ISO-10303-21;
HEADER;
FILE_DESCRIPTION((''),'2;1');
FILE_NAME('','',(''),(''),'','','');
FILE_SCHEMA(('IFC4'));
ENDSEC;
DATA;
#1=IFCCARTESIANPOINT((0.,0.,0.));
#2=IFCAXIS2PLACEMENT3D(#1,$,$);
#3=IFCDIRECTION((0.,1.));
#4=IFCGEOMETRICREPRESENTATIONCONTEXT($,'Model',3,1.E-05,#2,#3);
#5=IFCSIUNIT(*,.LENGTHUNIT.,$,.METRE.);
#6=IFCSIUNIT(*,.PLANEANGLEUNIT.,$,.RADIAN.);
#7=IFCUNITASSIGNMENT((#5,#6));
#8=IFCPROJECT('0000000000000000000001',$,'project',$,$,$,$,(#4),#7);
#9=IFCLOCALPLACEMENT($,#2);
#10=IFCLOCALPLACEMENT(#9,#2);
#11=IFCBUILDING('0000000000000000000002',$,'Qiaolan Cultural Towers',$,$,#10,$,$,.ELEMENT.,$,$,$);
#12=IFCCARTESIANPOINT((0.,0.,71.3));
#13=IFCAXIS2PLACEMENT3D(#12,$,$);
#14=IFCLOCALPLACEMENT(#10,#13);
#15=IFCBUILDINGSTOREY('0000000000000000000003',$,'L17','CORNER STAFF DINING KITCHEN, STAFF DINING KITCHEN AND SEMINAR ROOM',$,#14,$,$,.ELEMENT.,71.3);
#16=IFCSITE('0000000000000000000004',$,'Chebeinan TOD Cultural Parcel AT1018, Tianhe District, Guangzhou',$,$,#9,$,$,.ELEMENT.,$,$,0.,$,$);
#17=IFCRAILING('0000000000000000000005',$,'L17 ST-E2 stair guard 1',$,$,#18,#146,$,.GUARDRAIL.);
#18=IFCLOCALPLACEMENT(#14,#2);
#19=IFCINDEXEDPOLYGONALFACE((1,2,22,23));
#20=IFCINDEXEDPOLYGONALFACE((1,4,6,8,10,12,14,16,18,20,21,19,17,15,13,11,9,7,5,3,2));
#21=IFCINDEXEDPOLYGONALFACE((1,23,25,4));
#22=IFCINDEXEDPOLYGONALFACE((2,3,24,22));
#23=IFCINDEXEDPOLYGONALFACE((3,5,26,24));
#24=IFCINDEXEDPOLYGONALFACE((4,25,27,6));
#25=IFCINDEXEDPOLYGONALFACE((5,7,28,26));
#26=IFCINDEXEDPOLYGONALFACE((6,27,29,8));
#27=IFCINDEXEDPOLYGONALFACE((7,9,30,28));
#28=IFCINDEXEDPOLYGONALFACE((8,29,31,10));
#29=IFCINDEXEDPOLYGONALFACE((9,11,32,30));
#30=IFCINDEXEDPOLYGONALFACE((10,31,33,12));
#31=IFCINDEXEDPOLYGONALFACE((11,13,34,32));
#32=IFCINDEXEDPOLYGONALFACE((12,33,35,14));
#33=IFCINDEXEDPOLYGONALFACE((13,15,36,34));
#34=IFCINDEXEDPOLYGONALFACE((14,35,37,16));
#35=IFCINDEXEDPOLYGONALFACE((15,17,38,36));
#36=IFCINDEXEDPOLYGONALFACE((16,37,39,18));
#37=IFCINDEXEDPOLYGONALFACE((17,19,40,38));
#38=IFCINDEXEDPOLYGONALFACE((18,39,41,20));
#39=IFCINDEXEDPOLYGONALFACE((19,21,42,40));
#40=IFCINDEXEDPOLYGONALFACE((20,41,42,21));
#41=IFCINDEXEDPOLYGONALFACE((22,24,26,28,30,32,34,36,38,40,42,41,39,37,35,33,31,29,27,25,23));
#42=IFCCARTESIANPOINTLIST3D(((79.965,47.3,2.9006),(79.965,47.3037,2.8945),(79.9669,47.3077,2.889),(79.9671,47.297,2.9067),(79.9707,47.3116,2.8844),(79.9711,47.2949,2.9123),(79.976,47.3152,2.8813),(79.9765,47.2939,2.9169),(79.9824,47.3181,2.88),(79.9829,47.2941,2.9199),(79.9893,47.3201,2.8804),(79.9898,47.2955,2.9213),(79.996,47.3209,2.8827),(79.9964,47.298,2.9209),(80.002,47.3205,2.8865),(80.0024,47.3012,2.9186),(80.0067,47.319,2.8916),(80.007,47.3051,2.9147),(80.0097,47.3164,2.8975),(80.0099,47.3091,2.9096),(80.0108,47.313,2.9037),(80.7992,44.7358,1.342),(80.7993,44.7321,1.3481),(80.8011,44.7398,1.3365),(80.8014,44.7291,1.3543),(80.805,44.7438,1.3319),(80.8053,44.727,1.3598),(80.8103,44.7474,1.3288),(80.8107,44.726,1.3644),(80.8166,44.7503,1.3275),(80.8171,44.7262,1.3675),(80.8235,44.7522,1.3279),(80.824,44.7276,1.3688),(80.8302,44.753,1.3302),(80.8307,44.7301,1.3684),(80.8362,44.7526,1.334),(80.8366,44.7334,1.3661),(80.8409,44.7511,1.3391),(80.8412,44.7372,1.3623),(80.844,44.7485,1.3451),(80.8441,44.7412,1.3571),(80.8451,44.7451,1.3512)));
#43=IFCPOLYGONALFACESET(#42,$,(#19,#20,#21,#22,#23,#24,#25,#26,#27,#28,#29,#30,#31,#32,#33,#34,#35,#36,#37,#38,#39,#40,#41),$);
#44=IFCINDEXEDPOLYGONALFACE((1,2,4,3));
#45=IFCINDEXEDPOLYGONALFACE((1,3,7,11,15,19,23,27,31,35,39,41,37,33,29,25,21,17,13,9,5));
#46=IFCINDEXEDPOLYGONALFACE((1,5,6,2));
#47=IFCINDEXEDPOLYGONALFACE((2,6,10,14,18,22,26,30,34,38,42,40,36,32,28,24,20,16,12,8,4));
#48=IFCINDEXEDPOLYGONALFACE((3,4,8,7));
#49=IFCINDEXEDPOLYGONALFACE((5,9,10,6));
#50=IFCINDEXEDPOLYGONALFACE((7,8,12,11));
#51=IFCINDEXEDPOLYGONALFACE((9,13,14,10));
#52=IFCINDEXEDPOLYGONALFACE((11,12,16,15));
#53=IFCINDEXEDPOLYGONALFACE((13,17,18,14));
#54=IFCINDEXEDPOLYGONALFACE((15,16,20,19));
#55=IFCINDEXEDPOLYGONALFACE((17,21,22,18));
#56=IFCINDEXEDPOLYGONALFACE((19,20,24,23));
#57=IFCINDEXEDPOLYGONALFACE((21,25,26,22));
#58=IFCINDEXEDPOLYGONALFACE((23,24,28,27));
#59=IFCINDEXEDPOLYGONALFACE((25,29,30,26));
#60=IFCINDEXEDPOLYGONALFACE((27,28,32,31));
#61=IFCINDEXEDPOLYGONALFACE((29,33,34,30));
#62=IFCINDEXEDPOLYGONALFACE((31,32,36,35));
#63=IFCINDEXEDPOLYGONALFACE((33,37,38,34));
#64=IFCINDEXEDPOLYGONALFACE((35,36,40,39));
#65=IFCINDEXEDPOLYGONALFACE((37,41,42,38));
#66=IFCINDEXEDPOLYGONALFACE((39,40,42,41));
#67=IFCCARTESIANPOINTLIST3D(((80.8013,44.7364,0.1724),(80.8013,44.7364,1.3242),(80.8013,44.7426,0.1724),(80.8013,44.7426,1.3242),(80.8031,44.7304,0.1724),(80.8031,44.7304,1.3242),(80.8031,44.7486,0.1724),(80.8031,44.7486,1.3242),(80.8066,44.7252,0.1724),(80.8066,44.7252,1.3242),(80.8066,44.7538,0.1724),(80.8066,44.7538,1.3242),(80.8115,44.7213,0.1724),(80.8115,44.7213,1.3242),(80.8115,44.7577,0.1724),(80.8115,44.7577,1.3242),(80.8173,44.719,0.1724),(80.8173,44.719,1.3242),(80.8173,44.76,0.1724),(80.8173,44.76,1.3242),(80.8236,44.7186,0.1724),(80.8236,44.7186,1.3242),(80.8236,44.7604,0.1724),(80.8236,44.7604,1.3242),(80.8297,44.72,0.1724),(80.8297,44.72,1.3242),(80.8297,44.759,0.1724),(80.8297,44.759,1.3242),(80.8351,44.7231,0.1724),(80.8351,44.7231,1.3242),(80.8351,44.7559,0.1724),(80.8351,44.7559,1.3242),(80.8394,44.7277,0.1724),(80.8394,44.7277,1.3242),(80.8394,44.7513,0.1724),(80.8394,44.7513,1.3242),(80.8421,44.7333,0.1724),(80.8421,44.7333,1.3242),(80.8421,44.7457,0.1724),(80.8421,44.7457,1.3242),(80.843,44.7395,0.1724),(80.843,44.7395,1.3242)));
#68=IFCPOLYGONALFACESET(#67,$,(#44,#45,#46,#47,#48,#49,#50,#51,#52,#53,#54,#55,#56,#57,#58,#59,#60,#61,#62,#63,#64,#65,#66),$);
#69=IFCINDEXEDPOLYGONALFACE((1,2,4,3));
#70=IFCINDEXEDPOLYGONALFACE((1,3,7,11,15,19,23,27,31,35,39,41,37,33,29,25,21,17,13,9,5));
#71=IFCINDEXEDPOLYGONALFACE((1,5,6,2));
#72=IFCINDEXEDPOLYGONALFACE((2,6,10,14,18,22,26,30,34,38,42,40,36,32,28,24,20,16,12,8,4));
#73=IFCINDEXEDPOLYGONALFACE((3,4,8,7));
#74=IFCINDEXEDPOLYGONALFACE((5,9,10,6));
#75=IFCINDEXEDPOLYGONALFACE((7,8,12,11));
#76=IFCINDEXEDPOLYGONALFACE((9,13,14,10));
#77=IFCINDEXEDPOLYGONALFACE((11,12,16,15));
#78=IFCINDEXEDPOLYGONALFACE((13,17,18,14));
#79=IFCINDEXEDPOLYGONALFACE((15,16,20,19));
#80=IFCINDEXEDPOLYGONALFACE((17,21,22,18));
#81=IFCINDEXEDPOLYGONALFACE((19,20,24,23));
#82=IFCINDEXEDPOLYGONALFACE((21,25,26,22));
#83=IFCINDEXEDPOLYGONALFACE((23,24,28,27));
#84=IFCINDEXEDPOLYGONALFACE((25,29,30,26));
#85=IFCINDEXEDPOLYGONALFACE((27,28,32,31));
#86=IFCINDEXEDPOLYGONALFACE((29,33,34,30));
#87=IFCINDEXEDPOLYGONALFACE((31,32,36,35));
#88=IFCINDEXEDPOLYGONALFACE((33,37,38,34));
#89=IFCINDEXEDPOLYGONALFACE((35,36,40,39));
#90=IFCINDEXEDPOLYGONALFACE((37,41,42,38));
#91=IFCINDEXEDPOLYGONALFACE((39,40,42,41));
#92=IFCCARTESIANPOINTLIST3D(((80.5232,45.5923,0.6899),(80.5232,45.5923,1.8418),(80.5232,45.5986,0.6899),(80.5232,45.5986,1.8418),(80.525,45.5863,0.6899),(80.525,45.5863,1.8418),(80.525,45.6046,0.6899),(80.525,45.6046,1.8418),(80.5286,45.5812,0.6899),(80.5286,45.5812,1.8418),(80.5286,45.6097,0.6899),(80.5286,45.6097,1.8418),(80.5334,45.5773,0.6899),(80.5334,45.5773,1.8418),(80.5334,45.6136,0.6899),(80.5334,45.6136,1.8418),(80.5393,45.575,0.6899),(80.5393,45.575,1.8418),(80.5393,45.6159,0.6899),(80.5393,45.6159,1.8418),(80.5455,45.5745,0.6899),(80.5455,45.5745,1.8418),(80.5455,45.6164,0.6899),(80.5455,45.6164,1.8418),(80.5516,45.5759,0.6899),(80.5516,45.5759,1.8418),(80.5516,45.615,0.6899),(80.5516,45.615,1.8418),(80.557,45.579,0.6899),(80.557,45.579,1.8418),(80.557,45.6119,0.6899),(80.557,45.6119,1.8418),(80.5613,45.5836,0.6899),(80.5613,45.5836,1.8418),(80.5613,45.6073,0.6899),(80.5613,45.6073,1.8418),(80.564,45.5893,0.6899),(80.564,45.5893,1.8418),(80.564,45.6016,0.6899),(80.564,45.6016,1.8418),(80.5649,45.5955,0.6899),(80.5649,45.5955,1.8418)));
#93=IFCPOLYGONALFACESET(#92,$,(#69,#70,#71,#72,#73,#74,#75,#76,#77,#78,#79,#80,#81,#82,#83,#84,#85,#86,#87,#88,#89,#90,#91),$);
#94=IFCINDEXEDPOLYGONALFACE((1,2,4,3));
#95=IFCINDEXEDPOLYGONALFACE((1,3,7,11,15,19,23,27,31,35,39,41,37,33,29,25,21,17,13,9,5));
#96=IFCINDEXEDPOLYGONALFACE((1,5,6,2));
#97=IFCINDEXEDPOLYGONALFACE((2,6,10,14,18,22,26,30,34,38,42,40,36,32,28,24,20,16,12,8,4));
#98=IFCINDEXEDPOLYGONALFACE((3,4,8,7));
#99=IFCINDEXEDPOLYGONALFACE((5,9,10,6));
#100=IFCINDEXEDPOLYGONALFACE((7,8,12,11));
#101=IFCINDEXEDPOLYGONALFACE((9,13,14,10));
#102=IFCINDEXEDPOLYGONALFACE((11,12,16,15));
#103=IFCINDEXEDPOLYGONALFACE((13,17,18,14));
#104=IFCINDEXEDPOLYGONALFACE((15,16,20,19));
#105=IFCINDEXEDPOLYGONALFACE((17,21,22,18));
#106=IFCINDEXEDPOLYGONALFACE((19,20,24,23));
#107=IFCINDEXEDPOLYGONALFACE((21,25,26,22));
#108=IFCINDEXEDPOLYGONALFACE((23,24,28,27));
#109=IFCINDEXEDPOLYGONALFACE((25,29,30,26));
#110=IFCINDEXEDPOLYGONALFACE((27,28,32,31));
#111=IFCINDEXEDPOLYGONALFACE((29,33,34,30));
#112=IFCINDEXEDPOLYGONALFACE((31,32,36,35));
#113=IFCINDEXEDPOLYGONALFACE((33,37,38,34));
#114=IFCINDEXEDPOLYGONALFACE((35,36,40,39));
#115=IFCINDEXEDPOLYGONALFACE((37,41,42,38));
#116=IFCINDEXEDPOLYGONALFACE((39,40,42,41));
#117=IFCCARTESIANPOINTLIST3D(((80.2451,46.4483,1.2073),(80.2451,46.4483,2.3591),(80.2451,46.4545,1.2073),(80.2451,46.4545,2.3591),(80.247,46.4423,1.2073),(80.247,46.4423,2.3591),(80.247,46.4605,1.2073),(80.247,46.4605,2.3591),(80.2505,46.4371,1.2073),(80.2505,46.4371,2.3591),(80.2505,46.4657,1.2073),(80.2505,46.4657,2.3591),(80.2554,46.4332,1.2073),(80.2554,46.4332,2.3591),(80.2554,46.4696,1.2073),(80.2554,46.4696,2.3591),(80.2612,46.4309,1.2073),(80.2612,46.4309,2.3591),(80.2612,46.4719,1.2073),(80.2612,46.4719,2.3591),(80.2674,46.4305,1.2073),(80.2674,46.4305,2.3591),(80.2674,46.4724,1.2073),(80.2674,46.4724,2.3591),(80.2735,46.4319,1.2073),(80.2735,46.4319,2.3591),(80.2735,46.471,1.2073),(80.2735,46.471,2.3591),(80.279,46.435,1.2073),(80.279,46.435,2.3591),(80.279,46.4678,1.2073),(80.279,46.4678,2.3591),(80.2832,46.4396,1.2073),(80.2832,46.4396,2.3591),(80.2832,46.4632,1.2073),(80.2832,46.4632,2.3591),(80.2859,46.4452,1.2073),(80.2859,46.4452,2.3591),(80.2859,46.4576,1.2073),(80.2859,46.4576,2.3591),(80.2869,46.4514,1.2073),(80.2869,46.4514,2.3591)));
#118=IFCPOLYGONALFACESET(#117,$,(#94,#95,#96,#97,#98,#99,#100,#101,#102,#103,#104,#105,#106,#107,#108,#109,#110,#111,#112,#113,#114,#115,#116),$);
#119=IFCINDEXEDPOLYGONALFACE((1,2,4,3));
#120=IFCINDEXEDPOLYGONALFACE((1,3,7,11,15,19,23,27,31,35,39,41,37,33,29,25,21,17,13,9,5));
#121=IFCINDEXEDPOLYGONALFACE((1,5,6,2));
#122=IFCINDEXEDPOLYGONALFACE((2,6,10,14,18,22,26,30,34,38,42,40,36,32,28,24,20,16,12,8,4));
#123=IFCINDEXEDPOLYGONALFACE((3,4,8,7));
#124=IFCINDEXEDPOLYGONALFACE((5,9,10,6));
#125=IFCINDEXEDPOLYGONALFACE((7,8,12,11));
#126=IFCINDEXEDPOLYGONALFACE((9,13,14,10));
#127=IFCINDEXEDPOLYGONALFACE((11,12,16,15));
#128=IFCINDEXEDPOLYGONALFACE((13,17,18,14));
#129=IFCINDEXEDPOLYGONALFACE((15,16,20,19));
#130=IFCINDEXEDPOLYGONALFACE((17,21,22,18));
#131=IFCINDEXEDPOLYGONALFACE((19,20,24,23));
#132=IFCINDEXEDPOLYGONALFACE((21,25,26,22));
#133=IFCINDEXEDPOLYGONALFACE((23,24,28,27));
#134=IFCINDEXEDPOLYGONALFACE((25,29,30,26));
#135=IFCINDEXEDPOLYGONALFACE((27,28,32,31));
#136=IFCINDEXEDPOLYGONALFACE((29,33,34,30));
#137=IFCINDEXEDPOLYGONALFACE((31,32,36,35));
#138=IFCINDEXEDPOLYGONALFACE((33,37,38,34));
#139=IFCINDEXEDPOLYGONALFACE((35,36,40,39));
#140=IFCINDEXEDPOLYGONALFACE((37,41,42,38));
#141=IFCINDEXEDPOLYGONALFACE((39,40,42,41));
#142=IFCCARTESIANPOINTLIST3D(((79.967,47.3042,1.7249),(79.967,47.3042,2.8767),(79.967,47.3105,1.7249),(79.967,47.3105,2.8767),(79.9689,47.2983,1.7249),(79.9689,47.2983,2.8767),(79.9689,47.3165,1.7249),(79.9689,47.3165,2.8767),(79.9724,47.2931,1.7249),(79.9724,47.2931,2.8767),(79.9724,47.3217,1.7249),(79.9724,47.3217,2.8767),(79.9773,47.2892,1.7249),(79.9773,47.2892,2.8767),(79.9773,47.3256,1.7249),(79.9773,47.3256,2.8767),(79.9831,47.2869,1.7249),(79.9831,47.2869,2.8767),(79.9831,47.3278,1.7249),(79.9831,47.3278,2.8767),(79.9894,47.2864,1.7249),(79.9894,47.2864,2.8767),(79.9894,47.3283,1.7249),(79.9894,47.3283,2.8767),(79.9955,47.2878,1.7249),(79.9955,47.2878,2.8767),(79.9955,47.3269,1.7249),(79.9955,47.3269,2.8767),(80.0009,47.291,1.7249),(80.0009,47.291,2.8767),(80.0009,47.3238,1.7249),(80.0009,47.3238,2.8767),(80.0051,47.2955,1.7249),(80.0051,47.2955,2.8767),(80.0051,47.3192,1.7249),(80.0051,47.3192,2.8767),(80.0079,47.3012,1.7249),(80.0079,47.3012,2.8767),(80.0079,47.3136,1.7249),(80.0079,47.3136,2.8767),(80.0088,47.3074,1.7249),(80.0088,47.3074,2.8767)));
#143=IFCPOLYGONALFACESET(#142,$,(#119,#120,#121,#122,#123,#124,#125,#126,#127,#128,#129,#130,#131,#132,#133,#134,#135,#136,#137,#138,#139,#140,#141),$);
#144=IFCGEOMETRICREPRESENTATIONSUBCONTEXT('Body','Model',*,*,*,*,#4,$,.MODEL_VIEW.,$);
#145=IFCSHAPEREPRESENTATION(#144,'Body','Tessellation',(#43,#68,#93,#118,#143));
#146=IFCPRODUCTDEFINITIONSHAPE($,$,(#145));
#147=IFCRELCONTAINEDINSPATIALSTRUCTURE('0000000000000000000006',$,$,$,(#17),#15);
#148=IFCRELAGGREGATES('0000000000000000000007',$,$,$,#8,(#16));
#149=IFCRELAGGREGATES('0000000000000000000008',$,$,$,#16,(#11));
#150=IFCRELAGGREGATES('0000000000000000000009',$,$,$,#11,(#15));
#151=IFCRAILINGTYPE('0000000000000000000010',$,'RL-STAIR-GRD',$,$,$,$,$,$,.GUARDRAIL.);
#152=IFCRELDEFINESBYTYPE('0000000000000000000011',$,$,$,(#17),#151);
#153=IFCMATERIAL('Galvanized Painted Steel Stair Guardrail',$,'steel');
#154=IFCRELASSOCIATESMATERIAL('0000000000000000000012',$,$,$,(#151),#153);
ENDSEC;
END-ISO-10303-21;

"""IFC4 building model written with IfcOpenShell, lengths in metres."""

from ifc_helpers import new_model, si_unit, direction, frame, origin, origin_2d, place, context, subcontext, project, spatial, circle, extrude, material, type_object, element, save


model = new_model("IFC4")

# Units and contexts
model_context = context("Model", 3, precision=1e-05, world=origin(), true_north=direction((0.0, 1.0)))
body_context = subcontext(model_context, "Body", "Model", "MODEL_VIEW")
ifc_project = project(units=[si_unit("LENGTHUNIT", "METRE"), si_unit("PLANEANGLEUNIT", "RADIAN")], contexts=[model_context])

# Site, building, storey
site_placement = place(None, origin())
site = spatial("IfcSite", under=ifc_project, at=site_placement, Name="Chebeinan TOD Cultural Parcel AT1018, Tianhe District, Guangzhou", CompositionType="ELEMENT", RefElevation=0.0)
building_placement = place(site_placement, origin())
building = spatial("IfcBuilding", under=site, at=building_placement, Name="Qiaolan Cultural Towers", CompositionType="ELEMENT")
storey_placement = place(building_placement, frame((0.0, 0.0, 71.3)))
storey = spatial("IfcBuildingStorey", under=building, at=storey_placement, Name="L17", Description="CORNER STAFF DINING KITCHEN, STAFF DINING KITCHEN AND SEMINAR ROOM", CompositionType="ELEMENT", Elevation=71.3)

# Railing
ifc_material_1 = material(Name="Galvanized Painted Steel Stair Guardrail", Category="steel")
railing_type_1 = type_object("IfcRailingType", Name="RL-STAIR-GRD", PredefinedType="GUARDRAIL", material=ifc_material_1)
railing_1_placement = place(storey_placement, frame((80.822, 44.7395, 0.1724)))
element("IfcRailing", 1, at=railing_1_placement, inside=storey, type_object=railing_type_1, Name="L17 ST-E2 stair guard 1", PredefinedType="GUARDRAIL", context=body_context, shape_type="SweptSolid", body=[
    extrude(circle(Radius=0.0239, at=origin_2d()), frame((0.0, 0.0, 1.1758), z_axis=(-0.267853, 0.824488, 0.498471), x_axis=(-0.95107, -0.308976, 0.0)), (0.0, 0.0, 1.0), 3.1145),
    extrude(circle(Radius=0.021, at=origin_2d()), origin(), (0.0, 0.0, 1.0), 1.1519),
    extrude(circle(Radius=0.021, at=origin_2d()), frame((-0.2781, 0.856, 0.5176)), (0.0, 0.0, 1.0), 1.1519),
    extrude(circle(Radius=0.021, at=origin_2d()), frame((-0.5562, 1.7119, 1.0349)), (0.0, 0.0, 1.0), 1.1519),
    extrude(circle(Radius=0.021, at=origin_2d()), frame((-0.8342, 2.5679, 1.5525)), (0.0, 0.0, 1.0), 1.1519),
])

save(model, "model.ifc")
